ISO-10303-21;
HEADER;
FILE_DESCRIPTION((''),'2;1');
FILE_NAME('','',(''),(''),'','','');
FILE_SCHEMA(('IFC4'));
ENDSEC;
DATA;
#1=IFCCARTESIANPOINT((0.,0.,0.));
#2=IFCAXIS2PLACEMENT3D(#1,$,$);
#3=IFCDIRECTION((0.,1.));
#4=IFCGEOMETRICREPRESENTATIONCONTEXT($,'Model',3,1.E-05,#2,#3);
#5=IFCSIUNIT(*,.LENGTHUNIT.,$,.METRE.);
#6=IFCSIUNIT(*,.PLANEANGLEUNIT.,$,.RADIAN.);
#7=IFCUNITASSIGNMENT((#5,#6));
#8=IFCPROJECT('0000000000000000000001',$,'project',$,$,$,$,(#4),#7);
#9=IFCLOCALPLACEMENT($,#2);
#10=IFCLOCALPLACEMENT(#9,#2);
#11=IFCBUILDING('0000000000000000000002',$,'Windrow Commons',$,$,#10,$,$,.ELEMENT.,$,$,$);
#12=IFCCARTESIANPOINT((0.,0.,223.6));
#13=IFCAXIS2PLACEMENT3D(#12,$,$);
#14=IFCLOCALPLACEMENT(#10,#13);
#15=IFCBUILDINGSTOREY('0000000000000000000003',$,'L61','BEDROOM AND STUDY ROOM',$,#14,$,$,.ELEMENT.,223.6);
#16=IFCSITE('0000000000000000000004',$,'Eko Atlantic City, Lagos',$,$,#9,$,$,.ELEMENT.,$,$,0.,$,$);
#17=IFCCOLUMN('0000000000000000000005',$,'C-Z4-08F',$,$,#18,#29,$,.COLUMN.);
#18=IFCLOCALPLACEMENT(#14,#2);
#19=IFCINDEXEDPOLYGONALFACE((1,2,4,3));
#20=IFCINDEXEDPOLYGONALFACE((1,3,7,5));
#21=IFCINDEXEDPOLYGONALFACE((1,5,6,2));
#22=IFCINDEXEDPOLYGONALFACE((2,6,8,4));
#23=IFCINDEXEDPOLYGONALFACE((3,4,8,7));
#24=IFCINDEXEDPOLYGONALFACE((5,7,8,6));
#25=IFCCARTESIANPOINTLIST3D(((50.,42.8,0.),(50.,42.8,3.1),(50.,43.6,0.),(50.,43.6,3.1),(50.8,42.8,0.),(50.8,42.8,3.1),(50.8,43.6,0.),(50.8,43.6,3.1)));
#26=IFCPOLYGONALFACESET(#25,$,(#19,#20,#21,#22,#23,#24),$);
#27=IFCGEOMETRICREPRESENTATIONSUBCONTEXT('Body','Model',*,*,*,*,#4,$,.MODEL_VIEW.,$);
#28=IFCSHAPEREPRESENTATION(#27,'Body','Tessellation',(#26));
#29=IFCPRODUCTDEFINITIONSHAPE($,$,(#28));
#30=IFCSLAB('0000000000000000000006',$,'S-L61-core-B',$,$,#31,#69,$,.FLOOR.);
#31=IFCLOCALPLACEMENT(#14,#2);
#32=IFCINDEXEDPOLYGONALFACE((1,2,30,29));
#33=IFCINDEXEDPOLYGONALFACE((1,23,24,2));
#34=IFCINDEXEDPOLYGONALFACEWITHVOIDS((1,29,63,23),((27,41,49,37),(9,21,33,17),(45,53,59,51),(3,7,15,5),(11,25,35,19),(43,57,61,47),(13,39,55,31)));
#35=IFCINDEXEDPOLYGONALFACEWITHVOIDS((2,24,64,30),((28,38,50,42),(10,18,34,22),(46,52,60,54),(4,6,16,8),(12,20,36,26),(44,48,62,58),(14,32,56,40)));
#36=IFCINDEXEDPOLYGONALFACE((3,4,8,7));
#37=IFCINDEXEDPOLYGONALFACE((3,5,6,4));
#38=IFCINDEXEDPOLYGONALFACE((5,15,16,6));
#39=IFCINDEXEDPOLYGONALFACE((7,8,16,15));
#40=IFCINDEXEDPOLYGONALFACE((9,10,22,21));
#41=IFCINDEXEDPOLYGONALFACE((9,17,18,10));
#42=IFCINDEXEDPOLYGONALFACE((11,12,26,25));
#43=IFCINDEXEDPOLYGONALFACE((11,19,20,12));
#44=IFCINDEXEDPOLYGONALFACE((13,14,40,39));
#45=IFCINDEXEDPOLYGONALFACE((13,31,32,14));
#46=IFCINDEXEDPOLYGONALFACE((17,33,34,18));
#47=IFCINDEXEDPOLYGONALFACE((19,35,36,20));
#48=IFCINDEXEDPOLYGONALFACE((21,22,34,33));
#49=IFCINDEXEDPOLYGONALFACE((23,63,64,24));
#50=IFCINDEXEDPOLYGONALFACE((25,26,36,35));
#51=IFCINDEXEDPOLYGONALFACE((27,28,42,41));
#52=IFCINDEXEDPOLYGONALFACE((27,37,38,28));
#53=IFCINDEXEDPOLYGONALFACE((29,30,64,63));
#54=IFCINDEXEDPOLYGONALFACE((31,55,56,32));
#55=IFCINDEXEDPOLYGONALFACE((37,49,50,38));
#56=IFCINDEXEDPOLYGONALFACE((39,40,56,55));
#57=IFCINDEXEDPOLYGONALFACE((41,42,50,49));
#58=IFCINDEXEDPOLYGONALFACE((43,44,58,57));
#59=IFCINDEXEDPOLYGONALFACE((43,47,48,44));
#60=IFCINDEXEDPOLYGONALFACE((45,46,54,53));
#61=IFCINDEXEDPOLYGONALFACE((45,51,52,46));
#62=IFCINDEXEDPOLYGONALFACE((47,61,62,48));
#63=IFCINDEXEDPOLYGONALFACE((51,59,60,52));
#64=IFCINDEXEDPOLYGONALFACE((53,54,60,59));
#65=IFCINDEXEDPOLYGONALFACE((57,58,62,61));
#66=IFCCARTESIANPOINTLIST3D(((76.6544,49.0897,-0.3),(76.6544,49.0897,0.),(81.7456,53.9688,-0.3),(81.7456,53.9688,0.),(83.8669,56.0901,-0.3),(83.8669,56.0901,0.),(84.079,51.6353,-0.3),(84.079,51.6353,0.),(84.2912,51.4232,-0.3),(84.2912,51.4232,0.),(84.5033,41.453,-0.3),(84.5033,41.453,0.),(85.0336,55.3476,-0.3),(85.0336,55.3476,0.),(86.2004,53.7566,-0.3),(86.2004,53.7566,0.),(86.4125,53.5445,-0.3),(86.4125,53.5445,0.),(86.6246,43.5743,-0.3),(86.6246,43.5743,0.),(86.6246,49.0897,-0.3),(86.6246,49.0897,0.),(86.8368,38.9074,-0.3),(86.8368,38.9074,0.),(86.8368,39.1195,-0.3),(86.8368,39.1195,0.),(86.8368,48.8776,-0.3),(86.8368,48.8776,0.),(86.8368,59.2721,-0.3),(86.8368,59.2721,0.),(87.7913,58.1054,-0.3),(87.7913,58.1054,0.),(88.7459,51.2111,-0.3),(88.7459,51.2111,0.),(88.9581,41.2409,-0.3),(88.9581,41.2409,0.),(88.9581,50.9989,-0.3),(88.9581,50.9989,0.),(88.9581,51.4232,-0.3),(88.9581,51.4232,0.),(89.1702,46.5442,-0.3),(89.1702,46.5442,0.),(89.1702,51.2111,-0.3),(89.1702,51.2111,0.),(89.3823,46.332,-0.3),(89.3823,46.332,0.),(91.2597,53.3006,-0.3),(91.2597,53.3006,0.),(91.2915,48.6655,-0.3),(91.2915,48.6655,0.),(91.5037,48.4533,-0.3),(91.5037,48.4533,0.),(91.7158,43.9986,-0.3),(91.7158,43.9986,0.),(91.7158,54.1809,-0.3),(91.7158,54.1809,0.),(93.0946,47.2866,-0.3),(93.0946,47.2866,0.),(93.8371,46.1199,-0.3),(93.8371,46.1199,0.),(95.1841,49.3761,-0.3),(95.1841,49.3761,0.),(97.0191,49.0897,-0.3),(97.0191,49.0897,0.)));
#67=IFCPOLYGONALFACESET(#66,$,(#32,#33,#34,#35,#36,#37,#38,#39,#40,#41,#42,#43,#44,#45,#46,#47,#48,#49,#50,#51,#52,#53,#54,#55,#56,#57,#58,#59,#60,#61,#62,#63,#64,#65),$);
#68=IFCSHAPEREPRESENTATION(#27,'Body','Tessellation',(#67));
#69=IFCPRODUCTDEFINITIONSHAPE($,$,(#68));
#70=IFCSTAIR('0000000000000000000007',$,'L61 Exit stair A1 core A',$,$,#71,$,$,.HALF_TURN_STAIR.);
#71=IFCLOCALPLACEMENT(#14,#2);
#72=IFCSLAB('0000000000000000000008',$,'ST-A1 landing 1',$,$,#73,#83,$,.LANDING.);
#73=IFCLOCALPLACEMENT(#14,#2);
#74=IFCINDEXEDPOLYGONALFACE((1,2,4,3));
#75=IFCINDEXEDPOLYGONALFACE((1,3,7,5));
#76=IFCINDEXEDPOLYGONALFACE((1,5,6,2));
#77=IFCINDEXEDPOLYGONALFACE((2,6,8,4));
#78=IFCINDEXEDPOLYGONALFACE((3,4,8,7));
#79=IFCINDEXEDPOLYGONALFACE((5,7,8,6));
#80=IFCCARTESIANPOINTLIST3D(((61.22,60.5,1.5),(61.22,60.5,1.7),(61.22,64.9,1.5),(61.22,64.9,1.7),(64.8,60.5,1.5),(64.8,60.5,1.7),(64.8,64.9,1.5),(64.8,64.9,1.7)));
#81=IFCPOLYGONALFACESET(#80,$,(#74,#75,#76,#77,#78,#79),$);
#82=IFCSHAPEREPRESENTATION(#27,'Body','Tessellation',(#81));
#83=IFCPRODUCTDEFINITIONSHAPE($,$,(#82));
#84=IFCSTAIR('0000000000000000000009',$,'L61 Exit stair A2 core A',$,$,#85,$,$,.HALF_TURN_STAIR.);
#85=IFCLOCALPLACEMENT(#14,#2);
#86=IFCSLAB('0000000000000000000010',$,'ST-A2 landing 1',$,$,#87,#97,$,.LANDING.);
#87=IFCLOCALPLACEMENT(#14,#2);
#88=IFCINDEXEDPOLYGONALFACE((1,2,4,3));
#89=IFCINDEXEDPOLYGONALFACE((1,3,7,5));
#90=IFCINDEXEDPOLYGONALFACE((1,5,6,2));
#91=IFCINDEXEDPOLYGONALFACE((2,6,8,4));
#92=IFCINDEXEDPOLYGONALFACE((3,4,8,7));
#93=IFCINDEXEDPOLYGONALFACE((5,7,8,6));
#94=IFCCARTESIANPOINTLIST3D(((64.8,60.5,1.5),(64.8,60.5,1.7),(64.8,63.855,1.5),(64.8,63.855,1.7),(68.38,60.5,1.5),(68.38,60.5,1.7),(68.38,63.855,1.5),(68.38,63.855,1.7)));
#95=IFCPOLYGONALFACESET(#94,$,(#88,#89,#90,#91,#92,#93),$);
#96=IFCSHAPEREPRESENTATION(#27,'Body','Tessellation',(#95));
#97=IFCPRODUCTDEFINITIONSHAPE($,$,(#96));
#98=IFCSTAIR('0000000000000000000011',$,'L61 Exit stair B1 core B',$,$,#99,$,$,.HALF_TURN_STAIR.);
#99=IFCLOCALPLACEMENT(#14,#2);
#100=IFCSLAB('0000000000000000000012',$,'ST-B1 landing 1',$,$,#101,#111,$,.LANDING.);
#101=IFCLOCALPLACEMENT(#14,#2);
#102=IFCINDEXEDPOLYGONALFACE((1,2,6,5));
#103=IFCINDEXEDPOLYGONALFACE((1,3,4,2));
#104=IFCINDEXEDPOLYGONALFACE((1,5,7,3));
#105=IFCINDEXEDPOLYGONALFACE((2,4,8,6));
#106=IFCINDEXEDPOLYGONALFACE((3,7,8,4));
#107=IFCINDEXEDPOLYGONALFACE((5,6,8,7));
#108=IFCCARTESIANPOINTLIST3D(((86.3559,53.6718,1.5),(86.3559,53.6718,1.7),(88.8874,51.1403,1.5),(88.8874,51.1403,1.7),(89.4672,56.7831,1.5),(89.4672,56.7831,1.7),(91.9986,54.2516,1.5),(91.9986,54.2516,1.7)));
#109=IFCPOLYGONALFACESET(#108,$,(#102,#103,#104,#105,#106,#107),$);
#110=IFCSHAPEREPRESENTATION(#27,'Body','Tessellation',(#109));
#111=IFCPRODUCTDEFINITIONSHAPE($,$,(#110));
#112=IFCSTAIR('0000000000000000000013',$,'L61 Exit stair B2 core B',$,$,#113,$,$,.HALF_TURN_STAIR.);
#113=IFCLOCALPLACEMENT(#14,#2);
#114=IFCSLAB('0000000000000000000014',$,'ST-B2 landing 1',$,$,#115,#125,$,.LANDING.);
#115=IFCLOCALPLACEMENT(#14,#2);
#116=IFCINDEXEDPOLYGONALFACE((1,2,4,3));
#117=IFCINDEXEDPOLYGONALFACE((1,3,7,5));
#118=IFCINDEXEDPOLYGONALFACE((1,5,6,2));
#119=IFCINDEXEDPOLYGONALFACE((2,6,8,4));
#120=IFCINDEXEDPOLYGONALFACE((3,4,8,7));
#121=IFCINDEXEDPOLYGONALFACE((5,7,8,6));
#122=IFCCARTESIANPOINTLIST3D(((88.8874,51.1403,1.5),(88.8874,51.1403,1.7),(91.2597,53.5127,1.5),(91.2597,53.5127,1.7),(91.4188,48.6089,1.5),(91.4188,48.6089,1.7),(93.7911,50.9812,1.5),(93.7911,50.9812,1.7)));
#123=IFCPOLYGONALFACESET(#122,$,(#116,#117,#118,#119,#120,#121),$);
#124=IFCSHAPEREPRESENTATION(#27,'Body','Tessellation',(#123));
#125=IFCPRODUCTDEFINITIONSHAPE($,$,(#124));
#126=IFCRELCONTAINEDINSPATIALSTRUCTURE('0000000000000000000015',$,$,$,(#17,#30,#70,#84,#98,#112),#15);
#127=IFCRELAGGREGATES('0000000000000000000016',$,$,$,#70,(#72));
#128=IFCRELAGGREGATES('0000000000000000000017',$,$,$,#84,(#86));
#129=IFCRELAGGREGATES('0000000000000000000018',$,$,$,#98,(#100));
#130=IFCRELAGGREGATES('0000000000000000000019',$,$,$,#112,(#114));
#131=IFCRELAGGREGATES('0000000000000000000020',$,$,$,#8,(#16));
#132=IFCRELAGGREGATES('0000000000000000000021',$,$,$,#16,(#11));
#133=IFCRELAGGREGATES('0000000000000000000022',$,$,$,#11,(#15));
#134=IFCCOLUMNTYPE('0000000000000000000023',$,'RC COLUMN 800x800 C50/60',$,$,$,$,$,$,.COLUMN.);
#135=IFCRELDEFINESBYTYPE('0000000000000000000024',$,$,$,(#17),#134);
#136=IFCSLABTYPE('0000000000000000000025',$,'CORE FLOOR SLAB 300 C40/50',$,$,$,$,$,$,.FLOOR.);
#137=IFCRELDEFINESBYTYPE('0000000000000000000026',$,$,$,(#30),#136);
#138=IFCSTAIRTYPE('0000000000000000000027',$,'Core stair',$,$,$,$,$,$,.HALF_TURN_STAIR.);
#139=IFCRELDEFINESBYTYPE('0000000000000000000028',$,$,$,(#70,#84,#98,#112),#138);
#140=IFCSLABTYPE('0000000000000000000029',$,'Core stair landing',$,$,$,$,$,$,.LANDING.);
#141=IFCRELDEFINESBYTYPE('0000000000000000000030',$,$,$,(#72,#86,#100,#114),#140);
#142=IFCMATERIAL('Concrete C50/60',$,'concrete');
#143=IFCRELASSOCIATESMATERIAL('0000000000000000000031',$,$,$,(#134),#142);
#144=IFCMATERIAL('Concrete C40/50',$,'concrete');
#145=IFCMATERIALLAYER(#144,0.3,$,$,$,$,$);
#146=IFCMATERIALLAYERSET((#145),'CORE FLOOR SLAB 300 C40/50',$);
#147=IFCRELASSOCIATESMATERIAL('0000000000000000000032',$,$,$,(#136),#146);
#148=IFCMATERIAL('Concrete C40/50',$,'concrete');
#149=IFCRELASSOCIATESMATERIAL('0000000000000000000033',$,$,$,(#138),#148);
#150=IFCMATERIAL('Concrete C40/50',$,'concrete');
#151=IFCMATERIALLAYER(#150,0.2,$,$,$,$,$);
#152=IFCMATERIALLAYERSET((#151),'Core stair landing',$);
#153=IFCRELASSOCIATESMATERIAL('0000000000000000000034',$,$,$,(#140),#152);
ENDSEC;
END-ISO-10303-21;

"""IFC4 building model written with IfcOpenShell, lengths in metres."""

from ifc_helpers import new_model, si_unit, direction, frame, origin, origin_2d, place, context, subcontext, project, spatial, polyline, rectangle, outline, extrude, material, layer, layer_set, material_profile, profile_set, type_object, element, aggregate, save


model = new_model("IFC4")

# Units and contexts
model_context = context("Model", 3, precision=1e-05, world=origin(), true_north=direction((0.0, 1.0)))
body_context = subcontext(model_context, "Body", "Model", "MODEL_VIEW")
ifc_project = project(units=[si_unit("LENGTHUNIT", "METRE"), si_unit("PLANEANGLEUNIT", "RADIAN")], contexts=[model_context])

# Site, building, storey
site_placement = place(None, origin())
site = spatial("IfcSite", under=ifc_project, at=site_placement, Name="Eko Atlantic City, Lagos", CompositionType="ELEMENT", RefElevation=0.0)
building_placement = place(site_placement, origin())
building = spatial("IfcBuilding", under=site, at=building_placement, Name="Windrow Commons", CompositionType="ELEMENT")
storey_placement = place(building_placement, frame((0.0, 0.0, 223.6)))
storey = spatial("IfcBuildingStorey", under=building, at=storey_placement, Name="L61", Description="BEDROOM AND STUDY ROOM", CompositionType="ELEMENT", Elevation=223.6)

# Column
ifc_material_1 = material(Name="Concrete C50/60", Category="concrete")
ifc_material_profile = material_profile(ifc_material_1, rectangle(XDim=0.8, YDim=0.8, at=origin_2d()))
ifc_profile_set = profile_set([ifc_material_profile], Name="Concrete C50/60")
column_type = type_object("IfcColumnType", Name="RC COLUMN 800x800 C50/60", PredefinedType="COLUMN", material=ifc_profile_set)
column_placement = place(storey_placement, frame((50.4, 43.2, 0.0), z_axis=(0.0, 0.0, 1.0), x_axis=(1.0, 0.0, 0.0)))
element("IfcColumn", 1, at=column_placement, inside=storey, type_object=column_type, Name="C-Z4-08F", PredefinedType="COLUMN", context=body_context, shape_type="SweptSolid", body=[
    extrude(rectangle(XDim=0.8, YDim=0.8, at=origin_2d()), origin(), (0.0, 0.0, 1.0), 3.1),
])

# Slab, openings
ifc_material_2 = material(Name="Concrete C40/50", Category="concrete")
ifc_layer_1 = layer(ifc_material_2, 0.3)
ifc_layer_set_1 = layer_set([ifc_layer_1], Name="CORE FLOOR SLAB 300 C40/50")
slab_type_1 = type_object("IfcSlabType", Name="CORE FLOOR SLAB 300 C40/50", PredefinedType="FLOOR", material=ifc_layer_set_1)
placement_1 = place(storey_placement, frame((0.0, 0.0, -0.3)))
slab_1 = element("IfcSlab", 2, at=placement_1, inside=storey, type_object=slab_type_1, Name="S-L61-core-B", PredefinedType="FLOOR", context=body_context, shape_type="SweptSolid", body=[
    extrude(outline(polyline([(76.6544, 49.0897), (86.8368, 38.9074), (97.0191, 49.0897), (86.8368, 59.2721), (76.6544, 49.0897)]), holes=[polyline([(84.5033, 41.453), (86.8368, 39.1195), (88.9581, 41.2409), (86.6246, 43.5743), (84.5033, 41.453)]), polyline([(81.7456, 53.9688), (84.079, 51.6353), (86.2004, 53.7566), (83.8669, 56.0901), (81.7456, 53.9688)]), polyline([(84.2912, 51.4232), (86.6246, 49.0897), (88.7459, 51.2111), (86.4125, 53.5445), (84.2912, 51.4232)]), polyline([(86.8368, 48.8776), (89.1702, 46.5442), (91.2915, 48.6655), (88.9581, 50.9989), (86.8368, 48.8776)]), polyline([(89.3823, 46.332), (91.7158, 43.9986), (93.8371, 46.1199), (91.5037, 48.4533), (89.3823, 46.332)]), polyline([(85.0336, 55.3476), (88.9581, 51.4232), (91.7158, 54.1809), (87.7913, 58.1054), (85.0336, 55.3476)]), polyline([(89.1702, 51.2111), (93.0946, 47.2866), (95.1841, 49.3761), (91.2597, 53.3006), (89.1702, 51.2111)])]), origin(), (0.0, 0.0, 1.0), 0.3),
])
opening_1_placement = place(placement_1, origin())
element("IfcOpeningElement", 3, at=opening_1_placement, cuts=slab_1, PredefinedType="OPENING", context=body_context, shape_type="SweptSolid", body=[
    extrude(outline(polyline([(84.5104, 41.453), (86.6246, 43.5672), (88.951, 41.2409), (86.8368, 39.1266), (84.5104, 41.453)])), origin(), (0.0, 0.0, 1.0), 0.3),
])
opening_2_placement = place(placement_1, origin())
element("IfcOpeningElement", 4, at=opening_2_placement, cuts=slab_1, PredefinedType="OPENING", context=body_context, shape_type="SweptSolid", body=[
    extrude(outline(polyline([(81.7527, 53.9688), (83.8669, 56.083), (86.1933, 53.7566), (84.079, 51.6424), (81.7527, 53.9688)])), origin(), (0.0, 0.0, 1.0), 0.3),
])
opening_3_placement = place(placement_1, origin())
element("IfcOpeningElement", 5, at=opening_3_placement, cuts=slab_1, PredefinedType="OPENING", context=body_context, shape_type="SweptSolid", body=[
    extrude(outline(polyline([(84.2983, 51.4232), (86.4125, 53.5374), (88.7388, 51.2111), (86.6246, 49.0968), (84.2983, 51.4232)])), origin(), (0.0, 0.0, 1.0), 0.3),
])
opening_4_placement = place(placement_1, origin())
element("IfcOpeningElement", 6, at=opening_4_placement, cuts=slab_1, PredefinedType="OPENING", context=body_context, shape_type="SweptSolid", body=[
    extrude(outline(polyline([(86.8439, 48.8776), (88.9581, 50.9918), (91.2844, 48.6655), (89.1702, 46.5513), (86.8439, 48.8776)])), origin(), (0.0, 0.0, 1.0), 0.3),
])
opening_5_placement = place(placement_1, origin())
element("IfcOpeningElement", 7, at=opening_5_placement, cuts=slab_1, PredefinedType="OPENING", context=body_context, shape_type="SweptSolid", body=[
    extrude(outline(polyline([(89.3894, 46.332), (91.5037, 48.4462), (93.83, 46.1199), (91.7158, 44.0057), (89.3894, 46.332)])), origin(), (0.0, 0.0, 1.0), 0.3),
])
opening_6_placement = place(placement_1, origin())
element("IfcOpeningElement", 8, at=opening_6_placement, cuts=slab_1, PredefinedType="OPENING", context=body_context, shape_type="SweptSolid", body=[
    extrude(outline(polyline([(85.0407, 55.3476), (87.7913, 58.0983), (91.7087, 54.1809), (88.9581, 51.4303), (85.0407, 55.3476)])), origin(), (0.0, 0.0, 1.0), 0.3),
])
opening_7_placement = place(placement_1, origin())
element("IfcOpeningElement", 9, at=opening_7_placement, cuts=slab_1, PredefinedType="OPENING", context=body_context, shape_type="SweptSolid", body=[
    extrude(outline(polyline([(89.1773, 51.2111), (91.2597, 53.2935), (95.177, 49.3761), (93.0946, 47.2937), (89.1773, 51.2111)])), origin(), (0.0, 0.0, 1.0), 0.3),
])

# Stairs, slabs
ifc_material_3 = material(Name="Concrete C40/50", Category="concrete")
stair_type = type_object("IfcStairType", Name="Core stair", PredefinedType="HALF_TURN_STAIR", material=ifc_material_3)
placement_2 = place(storey_placement, origin())
stair_1 = element("IfcStair", 10, at=placement_2, inside=storey, type_object=stair_type, Name="L61 Exit stair A1 core A", PredefinedType="HALF_TURN_STAIR")
ifc_material_4 = material(Name="Concrete C40/50", Category="concrete")
ifc_layer_2 = layer(ifc_material_4, 0.2)
ifc_layer_set_2 = layer_set([ifc_layer_2], Name="Core stair landing")
slab_type_2 = type_object("IfcSlabType", Name="Core stair landing", PredefinedType="LANDING", material=ifc_layer_set_2)
placement_3 = place(storey_placement, frame((0.0, 0.0, 1.5)))
slab_2 = element("IfcSlab", 11, at=placement_3, type_object=slab_type_2, Name="ST-A1 landing 1", PredefinedType="LANDING", context=body_context, shape_type="SweptSolid", body=[
    extrude(outline(polyline([(61.22, 60.5), (64.8, 60.5), (64.8, 64.9), (61.22, 64.9), (61.22, 60.5)])), origin(), (0.0, 0.0, 1.0), 0.2),
])
aggregate(stair_1, [slab_2])
stair_2 = element("IfcStair", 12, at=placement_2, inside=storey, type_object=stair_type, Name="L61 Exit stair A2 core A", PredefinedType="HALF_TURN_STAIR")
slab_3 = element("IfcSlab", 13, at=placement_3, type_object=slab_type_2, Name="ST-A2 landing 1", PredefinedType="LANDING", context=body_context, shape_type="SweptSolid", body=[
    extrude(outline(polyline([(64.8, 60.5), (68.38, 60.5), (68.38, 63.855), (64.8, 63.855), (64.8, 60.5)])), origin(), (0.0, 0.0, 1.0), 0.2),
])
aggregate(stair_2, [slab_3])
stair_3 = element("IfcStair", 14, at=placement_2, inside=storey, type_object=stair_type, Name="L61 Exit stair B1 core B", PredefinedType="HALF_TURN_STAIR")
slab_4 = element("IfcSlab", 15, at=placement_3, type_object=slab_type_2, Name="ST-B1 landing 1", PredefinedType="LANDING", context=body_context, shape_type="SweptSolid", body=[
    extrude(outline(polyline([(86.3559, 53.6718), (88.8874, 51.1403), (91.9986, 54.2516), (89.4672, 56.7831), (86.3559, 53.6718)])), origin(), (0.0, 0.0, 1.0), 0.2),
])
aggregate(stair_3, [slab_4])
stair_4 = element("IfcStair", 16, at=placement_2, inside=storey, type_object=stair_type, Name="L61 Exit stair B2 core B", PredefinedType="HALF_TURN_STAIR")
slab_5 = element("IfcSlab", 17, at=placement_3, type_object=slab_type_2, Name="ST-B2 landing 1", PredefinedType="LANDING", context=body_context, shape_type="SweptSolid", body=[
    extrude(outline(polyline([(88.8874, 51.1403), (91.4188, 48.6089), (93.7911, 50.9812), (91.2597, 53.5127), (88.8874, 51.1403)])), origin(), (0.0, 0.0, 1.0), 0.2),
])
aggregate(stair_4, [slab_5])

save(model, "model.ifc")
